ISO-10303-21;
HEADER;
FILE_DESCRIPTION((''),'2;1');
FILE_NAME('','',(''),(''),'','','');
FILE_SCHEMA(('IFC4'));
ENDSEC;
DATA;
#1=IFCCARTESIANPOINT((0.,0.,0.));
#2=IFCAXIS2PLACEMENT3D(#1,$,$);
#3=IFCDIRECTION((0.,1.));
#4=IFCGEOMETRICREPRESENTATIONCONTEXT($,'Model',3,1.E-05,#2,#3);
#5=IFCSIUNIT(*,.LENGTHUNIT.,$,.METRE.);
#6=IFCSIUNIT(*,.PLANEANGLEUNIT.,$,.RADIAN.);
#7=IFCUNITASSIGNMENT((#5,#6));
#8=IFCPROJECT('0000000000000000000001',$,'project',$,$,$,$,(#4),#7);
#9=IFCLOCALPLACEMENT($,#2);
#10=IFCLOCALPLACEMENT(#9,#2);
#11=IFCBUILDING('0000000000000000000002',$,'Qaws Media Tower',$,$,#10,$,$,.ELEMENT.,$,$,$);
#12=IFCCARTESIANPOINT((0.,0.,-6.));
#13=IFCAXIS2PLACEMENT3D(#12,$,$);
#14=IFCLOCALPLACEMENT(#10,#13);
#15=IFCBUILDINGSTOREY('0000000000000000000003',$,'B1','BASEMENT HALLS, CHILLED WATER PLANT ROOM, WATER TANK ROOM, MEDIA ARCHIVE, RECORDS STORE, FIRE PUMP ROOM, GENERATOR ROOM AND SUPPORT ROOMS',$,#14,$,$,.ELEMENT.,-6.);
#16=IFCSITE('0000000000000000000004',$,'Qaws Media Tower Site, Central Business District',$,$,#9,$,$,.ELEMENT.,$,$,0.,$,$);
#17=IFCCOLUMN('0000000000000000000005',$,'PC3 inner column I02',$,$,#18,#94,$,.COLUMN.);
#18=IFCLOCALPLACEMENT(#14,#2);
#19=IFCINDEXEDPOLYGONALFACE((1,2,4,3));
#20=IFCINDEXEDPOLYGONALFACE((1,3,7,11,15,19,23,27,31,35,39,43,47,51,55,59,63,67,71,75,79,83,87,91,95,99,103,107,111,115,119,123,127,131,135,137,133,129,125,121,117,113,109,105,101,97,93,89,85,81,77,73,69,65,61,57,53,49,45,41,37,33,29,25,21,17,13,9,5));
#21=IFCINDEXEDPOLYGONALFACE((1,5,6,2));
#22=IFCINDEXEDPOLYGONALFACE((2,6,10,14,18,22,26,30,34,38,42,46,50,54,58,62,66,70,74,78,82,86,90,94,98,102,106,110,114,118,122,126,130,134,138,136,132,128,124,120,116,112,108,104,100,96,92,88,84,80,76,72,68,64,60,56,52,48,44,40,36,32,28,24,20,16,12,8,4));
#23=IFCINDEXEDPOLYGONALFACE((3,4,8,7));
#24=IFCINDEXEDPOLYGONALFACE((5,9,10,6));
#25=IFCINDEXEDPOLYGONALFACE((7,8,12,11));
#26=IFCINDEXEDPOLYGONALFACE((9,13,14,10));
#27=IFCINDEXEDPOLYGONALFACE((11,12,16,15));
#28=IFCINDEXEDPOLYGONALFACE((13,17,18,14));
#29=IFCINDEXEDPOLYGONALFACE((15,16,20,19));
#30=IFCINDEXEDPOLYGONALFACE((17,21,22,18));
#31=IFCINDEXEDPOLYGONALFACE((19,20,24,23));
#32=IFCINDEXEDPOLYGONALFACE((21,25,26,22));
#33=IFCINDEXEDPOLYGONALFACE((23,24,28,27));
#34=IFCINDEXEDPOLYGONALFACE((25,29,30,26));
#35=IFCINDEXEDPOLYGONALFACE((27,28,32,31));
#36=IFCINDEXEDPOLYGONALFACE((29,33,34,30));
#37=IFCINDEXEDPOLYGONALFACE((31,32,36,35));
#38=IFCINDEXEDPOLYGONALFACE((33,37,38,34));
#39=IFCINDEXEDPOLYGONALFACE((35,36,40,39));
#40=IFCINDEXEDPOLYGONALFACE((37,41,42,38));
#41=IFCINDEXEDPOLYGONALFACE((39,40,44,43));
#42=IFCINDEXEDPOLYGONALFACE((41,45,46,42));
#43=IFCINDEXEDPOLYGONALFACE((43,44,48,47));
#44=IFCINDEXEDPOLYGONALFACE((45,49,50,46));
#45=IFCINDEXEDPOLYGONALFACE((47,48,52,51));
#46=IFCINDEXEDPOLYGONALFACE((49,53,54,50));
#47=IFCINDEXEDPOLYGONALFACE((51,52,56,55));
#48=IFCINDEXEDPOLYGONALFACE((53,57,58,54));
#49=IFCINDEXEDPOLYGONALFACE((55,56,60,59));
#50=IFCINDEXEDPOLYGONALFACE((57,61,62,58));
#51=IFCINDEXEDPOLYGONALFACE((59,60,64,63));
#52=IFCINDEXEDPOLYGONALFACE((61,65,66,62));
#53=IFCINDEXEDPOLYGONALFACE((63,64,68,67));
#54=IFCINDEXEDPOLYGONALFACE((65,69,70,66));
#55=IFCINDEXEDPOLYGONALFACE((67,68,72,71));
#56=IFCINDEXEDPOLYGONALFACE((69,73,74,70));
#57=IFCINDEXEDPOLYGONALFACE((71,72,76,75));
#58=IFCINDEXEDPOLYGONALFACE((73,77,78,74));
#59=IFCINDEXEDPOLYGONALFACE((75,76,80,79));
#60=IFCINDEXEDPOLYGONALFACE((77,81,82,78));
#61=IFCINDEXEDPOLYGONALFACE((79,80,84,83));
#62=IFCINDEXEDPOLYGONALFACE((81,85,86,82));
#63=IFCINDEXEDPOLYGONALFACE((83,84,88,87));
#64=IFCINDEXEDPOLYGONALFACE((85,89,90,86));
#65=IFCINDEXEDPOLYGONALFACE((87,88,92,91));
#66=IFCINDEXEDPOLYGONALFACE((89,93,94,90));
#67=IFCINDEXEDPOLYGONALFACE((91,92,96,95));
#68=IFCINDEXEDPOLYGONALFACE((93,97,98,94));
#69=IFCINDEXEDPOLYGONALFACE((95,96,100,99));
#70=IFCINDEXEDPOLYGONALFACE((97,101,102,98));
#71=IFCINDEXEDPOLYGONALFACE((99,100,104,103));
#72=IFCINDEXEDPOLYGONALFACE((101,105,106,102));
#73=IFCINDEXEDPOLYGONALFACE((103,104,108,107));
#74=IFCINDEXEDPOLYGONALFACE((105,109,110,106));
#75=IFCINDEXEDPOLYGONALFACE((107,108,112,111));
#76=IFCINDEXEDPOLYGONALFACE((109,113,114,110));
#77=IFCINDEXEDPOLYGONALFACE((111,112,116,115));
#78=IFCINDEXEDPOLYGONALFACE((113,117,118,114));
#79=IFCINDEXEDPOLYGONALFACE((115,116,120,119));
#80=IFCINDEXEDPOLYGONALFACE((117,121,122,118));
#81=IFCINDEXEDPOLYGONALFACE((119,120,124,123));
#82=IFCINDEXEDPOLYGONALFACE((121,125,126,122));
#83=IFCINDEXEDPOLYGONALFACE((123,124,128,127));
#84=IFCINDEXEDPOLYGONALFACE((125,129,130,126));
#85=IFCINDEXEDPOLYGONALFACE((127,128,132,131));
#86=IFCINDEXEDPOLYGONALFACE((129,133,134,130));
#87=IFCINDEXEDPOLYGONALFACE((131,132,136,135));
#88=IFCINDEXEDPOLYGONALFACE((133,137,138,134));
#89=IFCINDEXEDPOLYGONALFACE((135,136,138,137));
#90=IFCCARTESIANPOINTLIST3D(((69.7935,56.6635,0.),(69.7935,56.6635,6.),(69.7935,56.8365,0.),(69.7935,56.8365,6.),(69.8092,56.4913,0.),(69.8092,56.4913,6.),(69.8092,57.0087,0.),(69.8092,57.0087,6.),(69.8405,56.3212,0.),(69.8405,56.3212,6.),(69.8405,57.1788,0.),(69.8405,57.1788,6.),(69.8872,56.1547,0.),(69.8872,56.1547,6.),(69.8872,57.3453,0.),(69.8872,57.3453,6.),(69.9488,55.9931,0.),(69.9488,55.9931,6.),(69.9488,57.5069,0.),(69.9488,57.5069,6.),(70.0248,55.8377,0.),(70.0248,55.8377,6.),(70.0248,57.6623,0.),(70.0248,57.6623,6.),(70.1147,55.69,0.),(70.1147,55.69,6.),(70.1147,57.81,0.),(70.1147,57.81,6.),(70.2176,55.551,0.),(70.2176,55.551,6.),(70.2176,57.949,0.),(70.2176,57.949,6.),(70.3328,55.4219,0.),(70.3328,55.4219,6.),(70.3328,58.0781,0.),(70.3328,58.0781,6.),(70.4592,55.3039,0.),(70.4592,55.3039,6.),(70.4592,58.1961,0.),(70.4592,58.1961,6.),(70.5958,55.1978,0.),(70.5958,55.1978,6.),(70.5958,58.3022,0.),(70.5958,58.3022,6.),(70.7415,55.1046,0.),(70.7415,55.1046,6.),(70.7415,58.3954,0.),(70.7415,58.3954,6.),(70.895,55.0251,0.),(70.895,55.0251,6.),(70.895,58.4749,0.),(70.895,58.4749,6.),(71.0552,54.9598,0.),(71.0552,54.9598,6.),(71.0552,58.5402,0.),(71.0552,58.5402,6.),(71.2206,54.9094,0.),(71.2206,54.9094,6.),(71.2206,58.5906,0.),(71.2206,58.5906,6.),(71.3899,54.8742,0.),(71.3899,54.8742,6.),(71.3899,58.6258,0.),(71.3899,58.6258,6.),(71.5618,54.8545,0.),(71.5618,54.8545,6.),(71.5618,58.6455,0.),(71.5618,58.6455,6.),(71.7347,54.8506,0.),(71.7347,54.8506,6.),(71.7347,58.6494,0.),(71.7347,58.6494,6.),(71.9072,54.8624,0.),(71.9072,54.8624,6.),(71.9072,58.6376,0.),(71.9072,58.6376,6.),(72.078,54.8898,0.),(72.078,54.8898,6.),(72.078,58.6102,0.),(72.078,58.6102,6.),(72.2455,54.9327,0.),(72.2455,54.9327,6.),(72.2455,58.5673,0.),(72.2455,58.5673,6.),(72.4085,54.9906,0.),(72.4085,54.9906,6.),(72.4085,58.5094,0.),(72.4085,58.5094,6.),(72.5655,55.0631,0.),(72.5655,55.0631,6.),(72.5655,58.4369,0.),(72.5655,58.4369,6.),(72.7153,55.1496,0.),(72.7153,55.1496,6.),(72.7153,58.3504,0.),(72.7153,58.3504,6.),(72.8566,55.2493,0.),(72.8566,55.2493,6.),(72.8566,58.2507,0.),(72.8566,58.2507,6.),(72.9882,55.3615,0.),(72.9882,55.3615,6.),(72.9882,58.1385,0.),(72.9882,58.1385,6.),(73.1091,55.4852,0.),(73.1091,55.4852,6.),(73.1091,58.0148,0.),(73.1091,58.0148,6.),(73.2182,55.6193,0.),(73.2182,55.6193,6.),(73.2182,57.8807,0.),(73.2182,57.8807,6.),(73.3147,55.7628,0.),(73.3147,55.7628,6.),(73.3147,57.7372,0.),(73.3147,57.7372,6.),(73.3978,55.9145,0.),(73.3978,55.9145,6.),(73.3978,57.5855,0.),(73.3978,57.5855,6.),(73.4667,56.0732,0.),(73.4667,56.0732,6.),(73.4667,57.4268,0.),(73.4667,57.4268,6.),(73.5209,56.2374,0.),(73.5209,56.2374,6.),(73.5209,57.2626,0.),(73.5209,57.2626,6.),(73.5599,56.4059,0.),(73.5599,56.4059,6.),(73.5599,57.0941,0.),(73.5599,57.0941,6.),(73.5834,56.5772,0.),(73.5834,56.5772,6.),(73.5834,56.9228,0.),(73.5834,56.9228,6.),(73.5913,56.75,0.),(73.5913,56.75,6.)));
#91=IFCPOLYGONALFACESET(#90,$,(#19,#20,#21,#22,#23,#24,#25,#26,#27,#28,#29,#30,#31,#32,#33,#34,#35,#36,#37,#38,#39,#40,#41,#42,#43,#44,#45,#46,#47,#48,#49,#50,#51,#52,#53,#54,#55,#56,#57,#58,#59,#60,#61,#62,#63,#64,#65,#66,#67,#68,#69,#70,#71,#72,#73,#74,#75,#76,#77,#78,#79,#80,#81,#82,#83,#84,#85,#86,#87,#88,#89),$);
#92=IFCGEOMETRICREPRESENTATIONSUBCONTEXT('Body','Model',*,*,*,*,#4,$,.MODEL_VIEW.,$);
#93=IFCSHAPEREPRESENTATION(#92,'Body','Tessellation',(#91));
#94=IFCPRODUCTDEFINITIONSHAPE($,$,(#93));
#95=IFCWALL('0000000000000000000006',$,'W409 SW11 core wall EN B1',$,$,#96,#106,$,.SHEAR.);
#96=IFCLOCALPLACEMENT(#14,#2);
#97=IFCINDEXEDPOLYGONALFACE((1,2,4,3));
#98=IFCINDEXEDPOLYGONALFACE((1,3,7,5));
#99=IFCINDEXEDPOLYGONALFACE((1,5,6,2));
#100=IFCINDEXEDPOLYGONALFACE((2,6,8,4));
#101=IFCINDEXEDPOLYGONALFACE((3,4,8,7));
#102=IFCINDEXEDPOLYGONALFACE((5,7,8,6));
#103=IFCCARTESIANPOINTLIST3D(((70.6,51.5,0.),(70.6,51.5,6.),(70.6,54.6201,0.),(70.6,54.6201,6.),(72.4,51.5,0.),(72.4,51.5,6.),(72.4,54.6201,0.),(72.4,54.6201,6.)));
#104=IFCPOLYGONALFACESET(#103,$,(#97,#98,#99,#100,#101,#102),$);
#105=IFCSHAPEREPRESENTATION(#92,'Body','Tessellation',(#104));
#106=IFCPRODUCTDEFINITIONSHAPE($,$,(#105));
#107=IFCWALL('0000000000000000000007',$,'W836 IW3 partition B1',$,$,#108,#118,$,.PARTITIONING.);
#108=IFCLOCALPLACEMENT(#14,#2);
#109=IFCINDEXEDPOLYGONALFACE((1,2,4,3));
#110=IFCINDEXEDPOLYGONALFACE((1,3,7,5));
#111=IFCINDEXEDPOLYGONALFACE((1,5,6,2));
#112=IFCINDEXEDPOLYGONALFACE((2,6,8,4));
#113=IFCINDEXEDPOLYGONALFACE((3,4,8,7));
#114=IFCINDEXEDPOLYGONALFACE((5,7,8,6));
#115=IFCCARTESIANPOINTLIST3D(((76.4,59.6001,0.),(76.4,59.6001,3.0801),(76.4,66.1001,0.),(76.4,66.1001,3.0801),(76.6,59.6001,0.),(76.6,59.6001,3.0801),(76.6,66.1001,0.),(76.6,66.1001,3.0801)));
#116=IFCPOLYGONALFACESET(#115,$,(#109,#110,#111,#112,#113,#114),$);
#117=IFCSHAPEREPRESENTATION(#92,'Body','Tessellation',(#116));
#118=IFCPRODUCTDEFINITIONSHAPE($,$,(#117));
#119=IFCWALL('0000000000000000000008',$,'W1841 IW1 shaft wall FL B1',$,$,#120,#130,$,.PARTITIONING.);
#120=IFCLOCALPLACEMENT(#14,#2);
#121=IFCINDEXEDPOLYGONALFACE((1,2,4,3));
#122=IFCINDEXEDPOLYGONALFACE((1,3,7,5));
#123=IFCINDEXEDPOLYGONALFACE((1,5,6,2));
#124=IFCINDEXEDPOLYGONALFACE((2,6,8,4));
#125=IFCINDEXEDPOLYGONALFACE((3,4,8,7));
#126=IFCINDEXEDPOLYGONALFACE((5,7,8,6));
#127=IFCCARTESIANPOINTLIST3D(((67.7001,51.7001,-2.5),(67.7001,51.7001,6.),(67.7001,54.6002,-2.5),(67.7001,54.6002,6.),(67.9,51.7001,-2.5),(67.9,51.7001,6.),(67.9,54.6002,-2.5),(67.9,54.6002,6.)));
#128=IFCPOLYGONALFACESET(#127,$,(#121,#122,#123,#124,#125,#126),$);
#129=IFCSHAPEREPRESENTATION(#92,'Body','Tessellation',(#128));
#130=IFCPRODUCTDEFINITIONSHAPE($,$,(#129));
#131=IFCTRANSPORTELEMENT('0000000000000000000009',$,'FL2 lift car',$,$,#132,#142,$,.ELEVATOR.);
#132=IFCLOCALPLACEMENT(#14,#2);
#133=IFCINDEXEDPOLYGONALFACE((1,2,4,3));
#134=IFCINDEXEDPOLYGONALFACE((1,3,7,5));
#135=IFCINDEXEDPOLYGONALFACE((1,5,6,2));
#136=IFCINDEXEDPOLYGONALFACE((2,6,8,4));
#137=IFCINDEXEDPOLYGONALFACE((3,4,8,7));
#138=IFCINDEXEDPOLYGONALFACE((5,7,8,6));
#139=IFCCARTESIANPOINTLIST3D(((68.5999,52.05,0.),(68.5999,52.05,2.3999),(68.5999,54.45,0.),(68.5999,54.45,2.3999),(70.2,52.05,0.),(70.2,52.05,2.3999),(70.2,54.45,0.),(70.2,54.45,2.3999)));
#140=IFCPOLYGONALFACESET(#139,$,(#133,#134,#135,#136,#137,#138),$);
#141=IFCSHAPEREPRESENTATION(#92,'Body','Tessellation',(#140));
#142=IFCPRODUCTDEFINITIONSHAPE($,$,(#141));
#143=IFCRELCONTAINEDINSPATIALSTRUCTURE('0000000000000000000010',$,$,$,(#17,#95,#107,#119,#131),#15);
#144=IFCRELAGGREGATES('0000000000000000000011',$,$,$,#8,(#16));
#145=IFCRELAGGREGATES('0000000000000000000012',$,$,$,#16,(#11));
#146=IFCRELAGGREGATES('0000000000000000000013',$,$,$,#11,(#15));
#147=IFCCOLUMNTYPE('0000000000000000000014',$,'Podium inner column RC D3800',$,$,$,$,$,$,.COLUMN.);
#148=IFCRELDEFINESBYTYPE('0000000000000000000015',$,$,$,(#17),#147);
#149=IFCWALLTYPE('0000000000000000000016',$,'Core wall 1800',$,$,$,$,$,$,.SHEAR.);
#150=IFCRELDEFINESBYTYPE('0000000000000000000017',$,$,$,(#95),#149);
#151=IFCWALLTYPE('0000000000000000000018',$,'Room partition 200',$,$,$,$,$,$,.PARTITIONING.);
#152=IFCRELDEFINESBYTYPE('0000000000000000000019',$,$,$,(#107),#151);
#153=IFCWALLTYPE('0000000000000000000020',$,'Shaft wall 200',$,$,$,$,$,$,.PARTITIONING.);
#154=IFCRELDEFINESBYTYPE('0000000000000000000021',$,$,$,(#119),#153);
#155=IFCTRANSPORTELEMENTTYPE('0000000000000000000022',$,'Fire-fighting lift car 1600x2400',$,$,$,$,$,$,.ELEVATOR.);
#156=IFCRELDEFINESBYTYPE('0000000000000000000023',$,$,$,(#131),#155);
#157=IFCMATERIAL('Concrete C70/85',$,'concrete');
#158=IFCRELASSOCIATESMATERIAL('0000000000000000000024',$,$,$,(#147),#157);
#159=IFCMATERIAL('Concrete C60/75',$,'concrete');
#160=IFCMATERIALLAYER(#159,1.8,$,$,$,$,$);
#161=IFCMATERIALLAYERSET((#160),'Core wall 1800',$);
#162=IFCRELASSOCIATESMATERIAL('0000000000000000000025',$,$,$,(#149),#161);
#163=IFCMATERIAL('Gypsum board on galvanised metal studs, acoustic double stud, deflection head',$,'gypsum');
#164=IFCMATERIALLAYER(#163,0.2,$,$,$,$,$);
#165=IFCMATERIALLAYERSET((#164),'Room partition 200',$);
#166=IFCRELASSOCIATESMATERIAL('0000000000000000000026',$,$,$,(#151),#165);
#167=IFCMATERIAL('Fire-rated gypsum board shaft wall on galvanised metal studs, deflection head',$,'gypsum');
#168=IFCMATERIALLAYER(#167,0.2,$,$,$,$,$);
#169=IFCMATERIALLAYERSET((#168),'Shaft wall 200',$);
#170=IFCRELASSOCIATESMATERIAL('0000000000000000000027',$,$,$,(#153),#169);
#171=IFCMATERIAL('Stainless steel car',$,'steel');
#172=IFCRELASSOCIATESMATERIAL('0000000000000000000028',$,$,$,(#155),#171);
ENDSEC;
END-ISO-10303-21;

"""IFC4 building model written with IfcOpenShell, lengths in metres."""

from ifc_helpers import new_model, si_unit, direction, frame, frame_2d, origin, origin_2d, place, context, subcontext, project, spatial, rectangle, circle, extrude, material, layer, layer_set, material_profile, profile_set, type_object, element, save


model = new_model("IFC4")

# Units and contexts
model_context = context("Model", 3, precision=1e-05, world=origin(), true_north=direction((0.0, 1.0)))
body_context = subcontext(model_context, "Body", "Model", "MODEL_VIEW")
ifc_project = project(units=[si_unit("LENGTHUNIT", "METRE"), si_unit("PLANEANGLEUNIT", "RADIAN")], contexts=[model_context])

# Site, building, storey
site_placement = place(None, origin())
site = spatial("IfcSite", under=ifc_project, at=site_placement, Name="Qaws Media Tower Site, Central Business District", CompositionType="ELEMENT", RefElevation=0.0)
building_placement = place(site_placement, origin())
building = spatial("IfcBuilding", under=site, at=building_placement, Name="Qaws Media Tower", CompositionType="ELEMENT")
storey_placement = place(building_placement, frame((0.0, 0.0, -6.0)))
storey = spatial("IfcBuildingStorey", under=building, at=storey_placement, Name="B1", Description="BASEMENT HALLS, CHILLED WATER PLANT ROOM, WATER TANK ROOM, MEDIA ARCHIVE, RECORDS STORE, FIRE PUMP ROOM, GENERATOR ROOM AND SUPPORT ROOMS", CompositionType="ELEMENT", Elevation=-6.0)

# Column
ifc_material_1 = material(Name="Concrete C70/85", Category="concrete")
ifc_material_profile_1 = material_profile(ifc_material_1, circle(Radius=1.8999, at=origin_2d()), Name="RC D3800")
ifc_profile_set_1 = profile_set([ifc_material_profile_1], Name="Concrete C70/85")
column_type_1 = type_object("IfcColumnType", Name="Podium inner column RC D3800", PredefinedType="COLUMN", material=ifc_profile_set_1)
column_1_placement = place(storey_placement, frame((71.6914, 56.75, 0.0), z_axis=(0.0, 0.0, 1.0), x_axis=(1.0, 0.0, 0.0)))
element("IfcColumn", 1, at=column_1_placement, inside=storey, type_object=column_type_1, Name="PC3 inner column I02", PredefinedType="COLUMN", context=body_context, shape_type="SweptSolid", body=[
    extrude(circle(Radius=1.8999, at=origin_2d()), origin(), (0.0, 0.0, 1.0), 6.0),
])

# Walls
ifc_material_2 = material(Name="Concrete C60/75", Category="concrete")
ifc_layer_1 = layer(ifc_material_2, 1.8)
ifc_layer_set_1 = layer_set([ifc_layer_1], Name="Core wall 1800")
wall_type_1 = type_object("IfcWallType", Name="Core wall 1800", PredefinedType="SHEAR", material=ifc_layer_set_1)
wall_1_placement = place(storey_placement, frame((71.5, 51.5, 0.0), z_axis=(0.0, 0.0, 1.0), x_axis=(0.0, 1.0, 0.0)))
element("IfcWall", 2, at=wall_1_placement, inside=storey, type_object=wall_type_1, Name="W409 SW11 core wall EN B1", PredefinedType="SHEAR", context=body_context, shape_type="SweptSolid", body=[
    extrude(rectangle(XDim=3.1201, YDim=1.8, at=frame_2d((1.5601, 0.0))), origin(), (0.0, 0.0, 1.0), 6.0),
])
ifc_material_3 = material(Name="Gypsum board on galvanised metal studs, acoustic double stud, deflection head", Category="gypsum")
ifc_layer_2 = layer(ifc_material_3, 0.2)
ifc_layer_set_2 = layer_set([ifc_layer_2], Name="Room partition 200")
wall_type_2 = type_object("IfcWallType", Name="Room partition 200", PredefinedType="PARTITIONING", material=ifc_layer_set_2)
wall_2_placement = place(storey_placement, frame((76.5, 59.6001, 0.0), z_axis=(0.0, 0.0, 1.0), x_axis=(0.0, 1.0, 0.0)))
element("IfcWall", 3, at=wall_2_placement, inside=storey, type_object=wall_type_2, Name="W836 IW3 partition B1", PredefinedType="PARTITIONING", context=body_context, shape_type="SweptSolid", body=[
    extrude(rectangle(XDim=6.5, YDim=0.2, at=frame_2d((3.25, 0.0))), origin(), (0.0, 0.0, 1.0), 3.0801),
])
ifc_material_4 = material(Name="Fire-rated gypsum board shaft wall on galvanised metal studs, deflection head", Category="gypsum")
ifc_layer_3 = layer(ifc_material_4, 0.2)
ifc_layer_set_3 = layer_set([ifc_layer_3], Name="Shaft wall 200")
wall_type_3 = type_object("IfcWallType", Name="Shaft wall 200", PredefinedType="PARTITIONING", material=ifc_layer_set_3)
wall_3_placement = place(storey_placement, frame((67.8, 51.7, -2.5), z_axis=(0.0, 0.0, 1.0), x_axis=(0.0, 1.0, 0.0)))
element("IfcWall", 4, at=wall_3_placement, inside=storey, type_object=wall_type_3, Name="W1841 IW1 shaft wall FL B1", PredefinedType="PARTITIONING", context=body_context, shape_type="SweptSolid", body=[
    extrude(rectangle(XDim=2.9001, YDim=0.2, at=frame_2d((1.4502, 0.0))), origin(), (0.0, 0.0, 1.0), 8.5),
])

# Transport element
ifc_material_5 = material(Name="Stainless steel car", Category="steel")
transport_element_type = type_object("IfcTransportElementType", Name="Fire-fighting lift car 1600x2400", PredefinedType="ELEVATOR", material=ifc_material_5)
transport_element_placement = place(storey_placement, frame((69.3999, 53.25, 0.0), z_axis=(0.0, 0.0, 1.0), x_axis=(1.0, 0.0, 0.0)))
element("IfcTransportElement", 5, at=transport_element_placement, inside=storey, type_object=transport_element_type, Name="FL2 lift car", PredefinedType="ELEVATOR", context=body_context, shape_type="SweptSolid", body=[
    extrude(rectangle(XDim=1.6001, YDim=2.3999, at=origin_2d()), origin(), (0.0, 0.0, 1.0), 2.3999),
])

save(model, "model.ifc")
